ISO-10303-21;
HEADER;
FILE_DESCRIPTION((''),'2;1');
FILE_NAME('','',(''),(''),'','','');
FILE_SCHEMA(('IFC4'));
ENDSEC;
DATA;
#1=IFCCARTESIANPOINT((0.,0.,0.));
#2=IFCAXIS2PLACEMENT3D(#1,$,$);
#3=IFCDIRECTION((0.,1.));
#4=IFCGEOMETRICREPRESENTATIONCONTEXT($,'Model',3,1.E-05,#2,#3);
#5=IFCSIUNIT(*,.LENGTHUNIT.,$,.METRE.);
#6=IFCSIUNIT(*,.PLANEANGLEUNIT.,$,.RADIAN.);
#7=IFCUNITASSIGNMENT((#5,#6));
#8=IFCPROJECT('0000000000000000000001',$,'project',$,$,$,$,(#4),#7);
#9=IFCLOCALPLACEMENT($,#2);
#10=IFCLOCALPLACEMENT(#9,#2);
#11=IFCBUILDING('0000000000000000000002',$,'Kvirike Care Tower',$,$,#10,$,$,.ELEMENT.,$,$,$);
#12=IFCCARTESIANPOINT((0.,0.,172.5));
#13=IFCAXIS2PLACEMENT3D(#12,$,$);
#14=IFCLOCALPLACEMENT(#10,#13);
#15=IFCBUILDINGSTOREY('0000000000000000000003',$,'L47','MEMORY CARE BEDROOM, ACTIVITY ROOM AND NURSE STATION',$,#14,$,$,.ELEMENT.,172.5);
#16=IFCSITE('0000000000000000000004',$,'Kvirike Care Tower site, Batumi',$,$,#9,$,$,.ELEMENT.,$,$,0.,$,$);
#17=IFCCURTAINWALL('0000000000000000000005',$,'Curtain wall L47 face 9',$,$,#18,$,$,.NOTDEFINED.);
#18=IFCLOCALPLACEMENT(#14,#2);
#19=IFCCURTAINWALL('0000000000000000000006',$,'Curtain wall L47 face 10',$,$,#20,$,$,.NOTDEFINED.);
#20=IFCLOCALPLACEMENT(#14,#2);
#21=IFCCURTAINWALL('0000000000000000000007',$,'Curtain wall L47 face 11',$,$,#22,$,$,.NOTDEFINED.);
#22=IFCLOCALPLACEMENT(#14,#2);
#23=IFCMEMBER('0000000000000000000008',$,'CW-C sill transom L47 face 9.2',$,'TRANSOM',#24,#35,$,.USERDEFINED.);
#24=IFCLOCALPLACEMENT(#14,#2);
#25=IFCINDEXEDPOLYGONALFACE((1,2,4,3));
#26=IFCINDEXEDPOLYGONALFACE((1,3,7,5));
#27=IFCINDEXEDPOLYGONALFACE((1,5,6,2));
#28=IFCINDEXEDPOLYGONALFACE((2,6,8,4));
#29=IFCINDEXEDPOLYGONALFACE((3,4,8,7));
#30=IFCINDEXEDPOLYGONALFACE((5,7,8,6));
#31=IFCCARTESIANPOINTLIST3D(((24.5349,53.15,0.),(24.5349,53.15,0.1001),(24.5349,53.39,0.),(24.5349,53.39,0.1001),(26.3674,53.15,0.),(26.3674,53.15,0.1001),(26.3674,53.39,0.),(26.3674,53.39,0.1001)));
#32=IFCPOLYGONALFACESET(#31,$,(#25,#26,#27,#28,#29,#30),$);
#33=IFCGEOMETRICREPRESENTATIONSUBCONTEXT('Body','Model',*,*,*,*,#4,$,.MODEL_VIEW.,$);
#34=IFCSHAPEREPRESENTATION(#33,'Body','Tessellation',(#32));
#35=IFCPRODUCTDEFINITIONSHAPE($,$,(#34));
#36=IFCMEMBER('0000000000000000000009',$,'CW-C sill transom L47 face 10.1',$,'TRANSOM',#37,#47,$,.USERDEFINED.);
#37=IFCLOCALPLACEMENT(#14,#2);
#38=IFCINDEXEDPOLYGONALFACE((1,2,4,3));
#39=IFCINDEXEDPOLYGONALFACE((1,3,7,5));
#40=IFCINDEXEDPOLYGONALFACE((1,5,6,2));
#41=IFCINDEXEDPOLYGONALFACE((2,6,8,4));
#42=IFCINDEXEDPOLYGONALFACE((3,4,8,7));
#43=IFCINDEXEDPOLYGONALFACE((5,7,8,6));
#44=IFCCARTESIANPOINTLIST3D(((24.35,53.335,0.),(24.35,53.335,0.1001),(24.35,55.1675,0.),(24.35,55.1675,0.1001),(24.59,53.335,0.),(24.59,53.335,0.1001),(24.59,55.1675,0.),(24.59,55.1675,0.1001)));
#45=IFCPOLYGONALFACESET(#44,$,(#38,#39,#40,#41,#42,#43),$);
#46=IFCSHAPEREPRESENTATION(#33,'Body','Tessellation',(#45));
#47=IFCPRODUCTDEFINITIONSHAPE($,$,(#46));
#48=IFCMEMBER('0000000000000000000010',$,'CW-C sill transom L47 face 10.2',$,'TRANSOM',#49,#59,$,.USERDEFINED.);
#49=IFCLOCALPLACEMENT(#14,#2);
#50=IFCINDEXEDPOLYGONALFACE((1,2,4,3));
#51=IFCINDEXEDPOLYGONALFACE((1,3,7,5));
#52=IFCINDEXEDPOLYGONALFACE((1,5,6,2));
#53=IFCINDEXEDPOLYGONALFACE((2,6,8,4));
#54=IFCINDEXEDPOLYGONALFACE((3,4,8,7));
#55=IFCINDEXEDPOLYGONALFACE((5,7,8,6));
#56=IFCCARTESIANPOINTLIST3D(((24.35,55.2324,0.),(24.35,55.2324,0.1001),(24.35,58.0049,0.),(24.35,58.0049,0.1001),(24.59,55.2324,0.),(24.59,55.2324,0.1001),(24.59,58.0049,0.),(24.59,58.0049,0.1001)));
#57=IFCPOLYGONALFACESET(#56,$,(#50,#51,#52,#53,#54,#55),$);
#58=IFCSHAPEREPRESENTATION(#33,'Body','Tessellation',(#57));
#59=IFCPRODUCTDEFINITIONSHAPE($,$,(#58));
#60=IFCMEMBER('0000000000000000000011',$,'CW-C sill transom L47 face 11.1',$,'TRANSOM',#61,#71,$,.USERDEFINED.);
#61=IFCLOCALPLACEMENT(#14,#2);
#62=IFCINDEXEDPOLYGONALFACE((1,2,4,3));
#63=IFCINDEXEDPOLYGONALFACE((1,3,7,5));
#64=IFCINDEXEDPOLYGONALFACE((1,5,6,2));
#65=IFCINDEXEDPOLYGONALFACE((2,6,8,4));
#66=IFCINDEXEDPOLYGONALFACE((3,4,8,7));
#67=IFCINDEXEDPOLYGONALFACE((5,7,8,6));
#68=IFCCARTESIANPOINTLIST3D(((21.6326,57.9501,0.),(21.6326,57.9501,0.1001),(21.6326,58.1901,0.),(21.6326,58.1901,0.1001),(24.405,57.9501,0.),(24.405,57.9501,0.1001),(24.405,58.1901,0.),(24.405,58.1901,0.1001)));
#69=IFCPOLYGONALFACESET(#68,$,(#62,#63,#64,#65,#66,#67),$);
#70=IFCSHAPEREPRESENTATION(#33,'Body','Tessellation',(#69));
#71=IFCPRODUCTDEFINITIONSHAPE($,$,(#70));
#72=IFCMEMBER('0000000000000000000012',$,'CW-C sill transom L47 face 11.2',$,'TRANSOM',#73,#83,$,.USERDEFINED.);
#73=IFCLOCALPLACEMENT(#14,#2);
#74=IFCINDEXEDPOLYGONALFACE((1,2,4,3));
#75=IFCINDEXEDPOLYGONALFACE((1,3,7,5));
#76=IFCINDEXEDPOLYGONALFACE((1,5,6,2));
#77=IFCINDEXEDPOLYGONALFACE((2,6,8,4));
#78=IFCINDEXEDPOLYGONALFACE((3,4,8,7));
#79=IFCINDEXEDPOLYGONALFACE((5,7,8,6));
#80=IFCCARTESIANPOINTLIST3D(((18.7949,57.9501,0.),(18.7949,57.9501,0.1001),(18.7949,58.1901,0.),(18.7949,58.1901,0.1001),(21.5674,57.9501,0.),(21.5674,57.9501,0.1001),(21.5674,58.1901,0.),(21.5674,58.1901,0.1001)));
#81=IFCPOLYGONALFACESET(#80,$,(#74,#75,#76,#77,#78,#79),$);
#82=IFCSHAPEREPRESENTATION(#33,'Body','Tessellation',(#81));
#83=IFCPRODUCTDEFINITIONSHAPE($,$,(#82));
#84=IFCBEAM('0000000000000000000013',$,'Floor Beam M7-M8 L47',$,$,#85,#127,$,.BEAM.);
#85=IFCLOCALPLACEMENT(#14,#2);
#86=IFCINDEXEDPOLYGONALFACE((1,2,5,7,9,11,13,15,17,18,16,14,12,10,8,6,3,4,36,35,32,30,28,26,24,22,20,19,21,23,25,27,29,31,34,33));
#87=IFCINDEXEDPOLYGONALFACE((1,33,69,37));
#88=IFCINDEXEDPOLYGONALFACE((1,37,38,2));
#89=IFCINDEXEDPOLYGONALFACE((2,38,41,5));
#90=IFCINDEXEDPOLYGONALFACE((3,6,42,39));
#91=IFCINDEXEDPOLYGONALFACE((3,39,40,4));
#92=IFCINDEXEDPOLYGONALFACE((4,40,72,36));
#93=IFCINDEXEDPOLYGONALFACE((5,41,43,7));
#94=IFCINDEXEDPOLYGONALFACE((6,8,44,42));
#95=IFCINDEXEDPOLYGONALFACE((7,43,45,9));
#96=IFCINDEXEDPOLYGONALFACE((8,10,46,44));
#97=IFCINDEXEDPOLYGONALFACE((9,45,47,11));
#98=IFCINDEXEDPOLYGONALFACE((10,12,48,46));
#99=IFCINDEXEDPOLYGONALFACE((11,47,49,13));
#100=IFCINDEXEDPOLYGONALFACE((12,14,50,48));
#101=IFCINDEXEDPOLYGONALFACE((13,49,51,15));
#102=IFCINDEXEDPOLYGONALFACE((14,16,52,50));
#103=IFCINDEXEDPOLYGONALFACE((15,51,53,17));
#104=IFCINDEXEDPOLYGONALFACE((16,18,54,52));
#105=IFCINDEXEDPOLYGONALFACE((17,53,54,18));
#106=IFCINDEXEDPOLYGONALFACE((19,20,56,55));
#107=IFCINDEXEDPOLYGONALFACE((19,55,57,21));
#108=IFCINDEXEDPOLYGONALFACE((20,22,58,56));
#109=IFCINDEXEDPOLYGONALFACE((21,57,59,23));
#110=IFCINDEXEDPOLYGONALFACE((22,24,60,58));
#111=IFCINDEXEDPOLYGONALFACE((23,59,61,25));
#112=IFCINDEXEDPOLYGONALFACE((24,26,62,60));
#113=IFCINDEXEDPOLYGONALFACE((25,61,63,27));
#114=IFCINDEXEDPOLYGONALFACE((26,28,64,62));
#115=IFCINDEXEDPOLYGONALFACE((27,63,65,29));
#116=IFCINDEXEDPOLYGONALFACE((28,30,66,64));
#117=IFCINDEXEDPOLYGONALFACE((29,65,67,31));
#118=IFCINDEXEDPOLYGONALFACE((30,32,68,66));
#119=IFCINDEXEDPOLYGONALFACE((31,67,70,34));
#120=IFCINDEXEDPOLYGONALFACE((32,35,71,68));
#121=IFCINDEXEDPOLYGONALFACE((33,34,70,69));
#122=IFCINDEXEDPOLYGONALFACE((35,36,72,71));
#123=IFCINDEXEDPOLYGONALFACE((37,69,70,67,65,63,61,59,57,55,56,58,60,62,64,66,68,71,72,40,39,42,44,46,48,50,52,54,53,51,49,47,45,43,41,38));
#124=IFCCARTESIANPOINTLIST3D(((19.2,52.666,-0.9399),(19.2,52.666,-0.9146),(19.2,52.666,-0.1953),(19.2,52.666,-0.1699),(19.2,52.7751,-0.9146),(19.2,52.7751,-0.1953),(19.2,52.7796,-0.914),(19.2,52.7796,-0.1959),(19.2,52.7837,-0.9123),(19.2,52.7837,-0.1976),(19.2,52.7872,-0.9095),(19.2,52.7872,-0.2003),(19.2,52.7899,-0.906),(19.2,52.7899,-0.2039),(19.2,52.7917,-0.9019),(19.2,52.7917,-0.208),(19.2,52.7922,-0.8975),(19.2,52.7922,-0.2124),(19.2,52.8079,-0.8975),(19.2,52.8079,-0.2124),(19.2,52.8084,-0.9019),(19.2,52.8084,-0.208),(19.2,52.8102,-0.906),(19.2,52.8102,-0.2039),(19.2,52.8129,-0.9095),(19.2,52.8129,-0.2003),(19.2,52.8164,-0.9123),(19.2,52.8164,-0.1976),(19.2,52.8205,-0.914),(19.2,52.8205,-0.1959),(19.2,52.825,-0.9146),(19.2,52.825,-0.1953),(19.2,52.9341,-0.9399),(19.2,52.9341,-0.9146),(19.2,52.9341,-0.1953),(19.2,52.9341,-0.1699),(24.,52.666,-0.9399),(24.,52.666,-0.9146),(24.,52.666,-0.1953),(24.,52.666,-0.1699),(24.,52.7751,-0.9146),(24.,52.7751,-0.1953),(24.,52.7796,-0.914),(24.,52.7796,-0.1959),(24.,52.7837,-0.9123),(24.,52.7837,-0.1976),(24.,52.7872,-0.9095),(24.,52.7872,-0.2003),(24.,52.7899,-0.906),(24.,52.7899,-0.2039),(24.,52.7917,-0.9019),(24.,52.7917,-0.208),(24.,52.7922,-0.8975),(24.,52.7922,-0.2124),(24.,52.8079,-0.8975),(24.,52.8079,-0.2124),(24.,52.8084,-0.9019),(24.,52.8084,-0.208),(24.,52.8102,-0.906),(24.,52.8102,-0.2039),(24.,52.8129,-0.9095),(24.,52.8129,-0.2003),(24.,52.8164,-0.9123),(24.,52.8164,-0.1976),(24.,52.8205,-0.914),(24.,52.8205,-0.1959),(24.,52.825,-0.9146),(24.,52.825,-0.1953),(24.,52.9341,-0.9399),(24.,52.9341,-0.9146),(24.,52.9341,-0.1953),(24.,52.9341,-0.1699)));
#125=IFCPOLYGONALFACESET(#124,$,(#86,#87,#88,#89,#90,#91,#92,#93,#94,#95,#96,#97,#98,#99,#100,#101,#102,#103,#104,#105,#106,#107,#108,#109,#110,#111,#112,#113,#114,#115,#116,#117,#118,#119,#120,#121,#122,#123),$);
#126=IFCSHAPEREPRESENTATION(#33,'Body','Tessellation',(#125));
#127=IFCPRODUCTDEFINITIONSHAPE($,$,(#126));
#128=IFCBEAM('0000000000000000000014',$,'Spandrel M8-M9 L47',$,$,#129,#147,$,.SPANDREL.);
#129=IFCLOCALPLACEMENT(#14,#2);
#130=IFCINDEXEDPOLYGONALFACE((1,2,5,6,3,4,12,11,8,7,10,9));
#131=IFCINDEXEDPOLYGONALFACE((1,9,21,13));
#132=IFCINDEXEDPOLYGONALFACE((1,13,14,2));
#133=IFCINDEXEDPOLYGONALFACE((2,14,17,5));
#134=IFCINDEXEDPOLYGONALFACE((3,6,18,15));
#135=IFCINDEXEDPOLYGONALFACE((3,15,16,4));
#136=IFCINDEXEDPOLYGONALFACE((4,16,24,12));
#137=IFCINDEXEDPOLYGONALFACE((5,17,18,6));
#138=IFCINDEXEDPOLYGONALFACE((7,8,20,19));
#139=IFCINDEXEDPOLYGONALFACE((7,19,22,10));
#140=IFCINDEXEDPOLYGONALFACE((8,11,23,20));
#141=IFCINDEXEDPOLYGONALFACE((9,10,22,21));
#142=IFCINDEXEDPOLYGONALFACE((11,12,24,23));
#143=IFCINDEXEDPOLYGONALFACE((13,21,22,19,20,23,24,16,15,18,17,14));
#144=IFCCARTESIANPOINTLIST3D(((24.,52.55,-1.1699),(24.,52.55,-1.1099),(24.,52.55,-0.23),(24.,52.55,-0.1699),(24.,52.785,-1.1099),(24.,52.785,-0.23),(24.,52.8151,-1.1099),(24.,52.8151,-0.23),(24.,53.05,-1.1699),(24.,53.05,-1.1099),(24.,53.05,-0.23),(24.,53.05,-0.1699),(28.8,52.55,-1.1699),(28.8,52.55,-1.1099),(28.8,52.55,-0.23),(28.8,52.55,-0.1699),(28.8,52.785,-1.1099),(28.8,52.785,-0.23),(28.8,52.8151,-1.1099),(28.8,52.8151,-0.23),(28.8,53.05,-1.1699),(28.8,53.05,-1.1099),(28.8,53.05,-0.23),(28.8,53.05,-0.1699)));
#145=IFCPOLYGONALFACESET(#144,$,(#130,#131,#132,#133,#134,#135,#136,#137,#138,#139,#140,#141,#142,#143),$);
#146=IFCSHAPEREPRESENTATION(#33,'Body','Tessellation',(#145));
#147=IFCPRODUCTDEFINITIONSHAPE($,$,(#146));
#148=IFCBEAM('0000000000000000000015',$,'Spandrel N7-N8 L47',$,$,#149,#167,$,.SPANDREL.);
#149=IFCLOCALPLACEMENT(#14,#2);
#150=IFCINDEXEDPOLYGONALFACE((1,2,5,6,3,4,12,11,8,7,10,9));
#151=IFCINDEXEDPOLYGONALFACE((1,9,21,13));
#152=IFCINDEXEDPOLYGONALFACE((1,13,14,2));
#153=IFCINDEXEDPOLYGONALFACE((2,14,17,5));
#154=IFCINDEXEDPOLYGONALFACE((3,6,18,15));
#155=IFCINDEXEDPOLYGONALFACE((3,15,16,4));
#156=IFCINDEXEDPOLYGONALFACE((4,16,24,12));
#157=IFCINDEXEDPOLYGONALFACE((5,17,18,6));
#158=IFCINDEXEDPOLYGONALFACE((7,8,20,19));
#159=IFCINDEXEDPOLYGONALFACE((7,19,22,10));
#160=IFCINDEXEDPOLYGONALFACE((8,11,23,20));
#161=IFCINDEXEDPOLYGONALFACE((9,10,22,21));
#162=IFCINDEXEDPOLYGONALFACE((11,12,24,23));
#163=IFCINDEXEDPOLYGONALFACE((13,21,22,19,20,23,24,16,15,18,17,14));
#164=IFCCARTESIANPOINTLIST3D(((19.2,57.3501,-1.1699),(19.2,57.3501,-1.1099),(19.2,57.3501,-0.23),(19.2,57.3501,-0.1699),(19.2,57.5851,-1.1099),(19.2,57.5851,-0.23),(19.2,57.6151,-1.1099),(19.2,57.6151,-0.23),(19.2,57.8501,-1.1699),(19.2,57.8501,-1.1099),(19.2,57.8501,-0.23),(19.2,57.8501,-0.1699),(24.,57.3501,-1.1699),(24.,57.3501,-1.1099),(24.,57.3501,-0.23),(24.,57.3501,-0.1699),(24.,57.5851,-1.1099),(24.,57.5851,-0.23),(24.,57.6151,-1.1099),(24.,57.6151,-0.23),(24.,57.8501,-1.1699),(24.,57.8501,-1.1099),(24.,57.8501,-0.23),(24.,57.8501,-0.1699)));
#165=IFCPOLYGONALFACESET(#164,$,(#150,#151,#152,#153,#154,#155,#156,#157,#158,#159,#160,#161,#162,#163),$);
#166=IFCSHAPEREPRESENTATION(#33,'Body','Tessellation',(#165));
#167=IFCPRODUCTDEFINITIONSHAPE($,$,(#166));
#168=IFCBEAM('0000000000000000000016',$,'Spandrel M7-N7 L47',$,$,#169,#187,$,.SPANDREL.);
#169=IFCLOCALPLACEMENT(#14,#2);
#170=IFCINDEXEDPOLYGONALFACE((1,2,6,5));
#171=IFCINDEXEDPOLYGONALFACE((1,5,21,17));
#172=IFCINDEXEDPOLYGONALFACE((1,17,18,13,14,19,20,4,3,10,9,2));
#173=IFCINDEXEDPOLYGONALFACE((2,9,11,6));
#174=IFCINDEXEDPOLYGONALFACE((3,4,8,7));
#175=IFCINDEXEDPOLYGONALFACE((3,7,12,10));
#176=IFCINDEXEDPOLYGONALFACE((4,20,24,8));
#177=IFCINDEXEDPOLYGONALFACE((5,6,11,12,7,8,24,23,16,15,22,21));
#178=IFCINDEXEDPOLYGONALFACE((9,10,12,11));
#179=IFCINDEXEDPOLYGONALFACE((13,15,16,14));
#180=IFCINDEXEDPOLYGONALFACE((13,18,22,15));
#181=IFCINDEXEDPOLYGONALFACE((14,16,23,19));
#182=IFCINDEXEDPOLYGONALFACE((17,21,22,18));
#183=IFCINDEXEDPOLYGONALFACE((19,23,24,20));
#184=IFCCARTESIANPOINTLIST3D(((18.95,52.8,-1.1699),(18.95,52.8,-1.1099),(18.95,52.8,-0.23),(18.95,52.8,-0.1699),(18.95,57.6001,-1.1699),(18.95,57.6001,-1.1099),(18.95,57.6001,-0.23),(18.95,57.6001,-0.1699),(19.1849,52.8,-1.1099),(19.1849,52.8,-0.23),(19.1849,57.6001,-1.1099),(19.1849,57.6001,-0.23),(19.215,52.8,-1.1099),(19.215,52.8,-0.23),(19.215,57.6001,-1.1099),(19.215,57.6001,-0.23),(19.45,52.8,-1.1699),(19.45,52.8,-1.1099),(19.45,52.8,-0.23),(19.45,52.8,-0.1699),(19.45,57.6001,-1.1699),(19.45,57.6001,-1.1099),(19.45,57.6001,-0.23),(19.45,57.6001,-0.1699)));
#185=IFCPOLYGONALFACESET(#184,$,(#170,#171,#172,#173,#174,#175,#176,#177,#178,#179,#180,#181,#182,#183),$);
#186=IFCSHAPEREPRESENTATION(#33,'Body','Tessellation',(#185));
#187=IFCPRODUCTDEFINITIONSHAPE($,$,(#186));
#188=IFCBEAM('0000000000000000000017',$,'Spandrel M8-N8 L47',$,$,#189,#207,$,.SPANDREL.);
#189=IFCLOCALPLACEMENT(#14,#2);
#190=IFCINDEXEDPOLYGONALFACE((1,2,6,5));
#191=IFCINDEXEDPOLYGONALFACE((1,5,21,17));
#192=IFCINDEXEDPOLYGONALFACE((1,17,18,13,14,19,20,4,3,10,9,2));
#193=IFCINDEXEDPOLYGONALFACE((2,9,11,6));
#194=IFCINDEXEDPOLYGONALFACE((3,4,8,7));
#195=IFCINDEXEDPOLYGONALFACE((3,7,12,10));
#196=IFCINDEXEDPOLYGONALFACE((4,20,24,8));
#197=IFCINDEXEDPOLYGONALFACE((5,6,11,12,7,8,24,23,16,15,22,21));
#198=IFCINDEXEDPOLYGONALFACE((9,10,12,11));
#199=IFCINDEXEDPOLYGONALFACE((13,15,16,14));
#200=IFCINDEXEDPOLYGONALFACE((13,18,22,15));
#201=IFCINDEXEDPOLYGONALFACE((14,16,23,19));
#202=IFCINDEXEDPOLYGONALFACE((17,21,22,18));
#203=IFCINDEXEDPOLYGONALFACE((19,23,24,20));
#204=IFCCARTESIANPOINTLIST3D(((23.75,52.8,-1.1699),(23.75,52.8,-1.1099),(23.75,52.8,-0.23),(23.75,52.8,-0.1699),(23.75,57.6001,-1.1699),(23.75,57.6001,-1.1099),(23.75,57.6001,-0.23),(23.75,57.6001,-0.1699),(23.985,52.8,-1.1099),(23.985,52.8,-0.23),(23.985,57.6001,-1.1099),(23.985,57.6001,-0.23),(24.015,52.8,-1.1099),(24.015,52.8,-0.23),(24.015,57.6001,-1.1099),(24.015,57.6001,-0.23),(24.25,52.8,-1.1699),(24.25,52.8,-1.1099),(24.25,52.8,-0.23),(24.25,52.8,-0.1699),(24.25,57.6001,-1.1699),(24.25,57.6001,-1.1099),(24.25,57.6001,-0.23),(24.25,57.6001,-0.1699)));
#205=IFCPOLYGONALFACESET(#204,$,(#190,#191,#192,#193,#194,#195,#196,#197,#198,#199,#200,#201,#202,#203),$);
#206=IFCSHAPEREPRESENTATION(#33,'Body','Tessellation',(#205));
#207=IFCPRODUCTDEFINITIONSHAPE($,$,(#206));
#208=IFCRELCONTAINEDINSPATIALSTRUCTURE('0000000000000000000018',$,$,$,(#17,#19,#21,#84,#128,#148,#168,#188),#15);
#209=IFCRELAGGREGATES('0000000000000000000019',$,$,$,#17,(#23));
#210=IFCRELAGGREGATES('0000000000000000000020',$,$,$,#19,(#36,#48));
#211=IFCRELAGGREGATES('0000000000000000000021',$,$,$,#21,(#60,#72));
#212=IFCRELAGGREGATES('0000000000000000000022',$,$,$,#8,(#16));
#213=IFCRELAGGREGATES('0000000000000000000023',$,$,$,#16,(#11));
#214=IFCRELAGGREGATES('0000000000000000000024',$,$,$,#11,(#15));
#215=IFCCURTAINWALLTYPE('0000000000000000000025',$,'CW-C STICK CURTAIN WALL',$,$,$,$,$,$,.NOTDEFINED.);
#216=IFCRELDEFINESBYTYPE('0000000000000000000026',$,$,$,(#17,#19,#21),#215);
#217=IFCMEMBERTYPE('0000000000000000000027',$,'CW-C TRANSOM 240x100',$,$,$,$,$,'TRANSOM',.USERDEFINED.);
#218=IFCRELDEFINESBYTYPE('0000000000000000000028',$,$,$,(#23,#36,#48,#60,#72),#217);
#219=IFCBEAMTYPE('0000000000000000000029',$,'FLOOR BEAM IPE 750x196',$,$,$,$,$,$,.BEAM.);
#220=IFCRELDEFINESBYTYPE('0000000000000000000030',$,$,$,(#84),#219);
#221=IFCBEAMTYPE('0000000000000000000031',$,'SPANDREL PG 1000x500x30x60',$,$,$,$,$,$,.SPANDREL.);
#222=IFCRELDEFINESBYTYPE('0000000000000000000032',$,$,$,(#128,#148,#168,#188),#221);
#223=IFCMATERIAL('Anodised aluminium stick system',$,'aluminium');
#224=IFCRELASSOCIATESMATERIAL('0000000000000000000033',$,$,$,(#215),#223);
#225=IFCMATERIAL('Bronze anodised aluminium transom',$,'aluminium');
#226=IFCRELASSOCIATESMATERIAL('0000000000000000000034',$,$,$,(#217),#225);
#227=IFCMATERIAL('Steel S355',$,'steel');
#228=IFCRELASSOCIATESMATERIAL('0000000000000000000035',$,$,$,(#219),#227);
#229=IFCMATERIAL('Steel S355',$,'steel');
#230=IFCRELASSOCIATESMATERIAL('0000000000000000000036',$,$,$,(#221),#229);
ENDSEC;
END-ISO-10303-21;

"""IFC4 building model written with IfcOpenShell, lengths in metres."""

from ifc_helpers import new_model, si_unit, direction, frame, origin, origin_2d, place, context, subcontext, project, spatial, rectangle, i_section, extrude, material, material_profile, profile_set, type_object, element, aggregate, save


model = new_model("IFC4")

# Units and contexts
model_context = context("Model", 3, precision=1e-05, world=origin(), true_north=direction((0.0, 1.0)))
body_context = subcontext(model_context, "Body", "Model", "MODEL_VIEW")
ifc_project = project(units=[si_unit("LENGTHUNIT", "METRE"), si_unit("PLANEANGLEUNIT", "RADIAN")], contexts=[model_context])

# Site, building, storey
site_placement = place(None, origin())
site = spatial("IfcSite", under=ifc_project, at=site_placement, Name="Kvirike Care Tower site, Batumi", CompositionType="ELEMENT", RefElevation=0.0)
building_placement = place(site_placement, origin())
building = spatial("IfcBuilding", under=site, at=building_placement, Name="Kvirike Care Tower", CompositionType="ELEMENT")
storey_placement = place(building_placement, frame((0.0, 0.0, 172.5)))
storey = spatial("IfcBuildingStorey", under=building, at=storey_placement, Name="L47", Description="MEMORY CARE BEDROOM, ACTIVITY ROOM AND NURSE STATION", CompositionType="ELEMENT", Elevation=172.5)

# Curtain walls
ifc_material_1 = material(Name="Anodised aluminium stick system", Category="aluminium")
curtain_wall_type = type_object("IfcCurtainWallType", Name="CW-C STICK CURTAIN WALL", PredefinedType="NOTDEFINED", material=ifc_material_1)
curtain_wall_1_placement = place(storey_placement, origin())
curtain_wall_1 = element("IfcCurtainWall", 1, at=curtain_wall_1_placement, inside=storey, type_object=curtain_wall_type, Name="Curtain wall L47 face 9", PredefinedType="NOTDEFINED")
curtain_wall_2_placement = place(storey_placement, origin())
curtain_wall_2 = element("IfcCurtainWall", 2, at=curtain_wall_2_placement, inside=storey, type_object=curtain_wall_type, Name="Curtain wall L47 face 10", PredefinedType="NOTDEFINED")
curtain_wall_3_placement = place(storey_placement, origin())
curtain_wall_3 = element("IfcCurtainWall", 3, at=curtain_wall_3_placement, inside=storey, type_object=curtain_wall_type, Name="Curtain wall L47 face 11", PredefinedType="NOTDEFINED")

# Members
ifc_material_2 = material(Name="Bronze anodised aluminium transom", Category="aluminium")
ifc_material_profile_1 = material_profile(ifc_material_2, rectangle(XDim=0.24, YDim=0.1001, at=origin_2d()), Name="CW-C TRANSOM 240x100")
ifc_profile_set_1 = profile_set([ifc_material_profile_1], Name="Bronze anodised aluminium transom")
member_type_1 = type_object("IfcMemberType", Name="CW-C TRANSOM 240x100", ElementType="TRANSOM", PredefinedType="USERDEFINED", material=ifc_profile_set_1)
member_1_placement = place(storey_placement, frame((26.3674, 53.27, 0.05), z_axis=(-1.0, 0.0, 0.0), x_axis=(0.0, -1.0, 0.0)))
member_1 = element("IfcMember", 4, at=member_1_placement, type_object=member_type_1, Name="CW-C sill transom L47 face 9.2", ObjectType="TRANSOM", PredefinedType="USERDEFINED", context=body_context, shape_type="SweptSolid", body=[
    extrude(rectangle(XDim=0.24, YDim=0.1001, at=origin_2d()), origin(), (0.0, 0.0, 1.0), 1.8325),
])
member_2_placement = place(storey_placement, frame((24.47, 53.335, 0.05), z_axis=(0.0, 1.0, 0.0), x_axis=(-1.0, 0.0, 0.0)))
member_2 = element("IfcMember", 5, at=member_2_placement, type_object=member_type_1, Name="CW-C sill transom L47 face 10.1", ObjectType="TRANSOM", PredefinedType="USERDEFINED", context=body_context, shape_type="SweptSolid", body=[
    extrude(rectangle(XDim=0.24, YDim=0.1001, at=origin_2d()), origin(), (0.0, 0.0, 1.0), 1.8325),
])
member_3_placement = place(storey_placement, frame((24.47, 55.2324, 0.05), z_axis=(0.0, 1.0, 0.0), x_axis=(-1.0, 0.0, 0.0)))
member_3 = element("IfcMember", 6, at=member_3_placement, type_object=member_type_1, Name="CW-C sill transom L47 face 10.2", ObjectType="TRANSOM", PredefinedType="USERDEFINED", context=body_context, shape_type="SweptSolid", body=[
    extrude(rectangle(XDim=0.24, YDim=0.1001, at=origin_2d()), origin(), (0.0, 0.0, 1.0), 2.7725),
])
member_4_placement = place(storey_placement, frame((24.405, 58.0701, 0.05), z_axis=(-1.0, 0.0, 0.0), x_axis=(0.0, -1.0, 0.0)))
member_4 = element("IfcMember", 7, at=member_4_placement, type_object=member_type_1, Name="CW-C sill transom L47 face 11.1", ObjectType="TRANSOM", PredefinedType="USERDEFINED", context=body_context, shape_type="SweptSolid", body=[
    extrude(rectangle(XDim=0.24, YDim=0.1001, at=origin_2d()), origin(), (0.0, 0.0, 1.0), 2.7725),
])
member_5_placement = place(storey_placement, frame((21.5674, 58.0701, 0.05), z_axis=(-1.0, 0.0, 0.0), x_axis=(0.0, -1.0, 0.0)))
member_5 = element("IfcMember", 8, at=member_5_placement, type_object=member_type_1, Name="CW-C sill transom L47 face 11.2", ObjectType="TRANSOM", PredefinedType="USERDEFINED", context=body_context, shape_type="SweptSolid", body=[
    extrude(rectangle(XDim=0.24, YDim=0.1001, at=origin_2d()), origin(), (0.0, 0.0, 1.0), 2.7725),
])

# Beams
ifc_material_3 = material(Name="Steel S355", Category="steel")
ifc_material_profile_2 = material_profile(ifc_material_3, i_section(OverallWidth=0.2681, OverallDepth=0.77, WebThickness=0.0156, FlangeThickness=0.0254, FilletRadius=0.0171, at=origin_2d()), Name="IPE 750x196")
ifc_profile_set_2 = profile_set([ifc_material_profile_2], Name="Steel S355")
beam_type_1 = type_object("IfcBeamType", Name="FLOOR BEAM IPE 750x196", PredefinedType="BEAM", material=ifc_profile_set_2)
beam_placement = place(storey_placement, frame((19.2, 52.8, -0.5549), z_axis=(1.0, 0.0, 0.0), x_axis=(0.0, 1.0, 0.0)))
element("IfcBeam", 9, at=beam_placement, inside=storey, type_object=beam_type_1, Name="Floor Beam M7-M8 L47", PredefinedType="BEAM", context=body_context, shape_type="SweptSolid", body=[
    extrude(i_section(OverallWidth=0.2681, OverallDepth=0.77, WebThickness=0.0156, FlangeThickness=0.0254, FilletRadius=0.0171, at=origin_2d()), origin(), (0.0, 0.0, 1.0), 4.8),
])
ifc_material_4 = material(Name="Steel S355", Category="steel")
ifc_material_profile_3 = material_profile(ifc_material_4, i_section(OverallWidth=0.5, OverallDepth=1.0, WebThickness=0.03, FlangeThickness=0.0601, at=origin_2d()), Name="PG 1000x500x30x60")
ifc_profile_set_3 = profile_set([ifc_material_profile_3], Name="Steel S355")
beam_type_2 = type_object("IfcBeamType", Name="SPANDREL PG 1000x500x30x60", PredefinedType="SPANDREL", material=ifc_profile_set_3)
for number, where, z_axis, x_axis, name in (
    (10, (24.0, 52.8, -0.6699), (1.0, 0.0, 0.0), (0.0, 1.0, 0.0), "Spandrel M8-M9 L47"),
    (11, (19.2, 57.6001, -0.6699), (1.0, 0.0, 0.0), (0.0, 1.0, 0.0), "Spandrel N7-N8 L47"),
    (12, (19.2, 52.8, -0.6699), (0.0, 1.0, 0.0), (-1.0, 0.0, 0.0), "Spandrel M7-N7 L47"),
    (13, (24.0, 52.8, -0.6699), (0.0, 1.0, 0.0), (-1.0, 0.0, 0.0), "Spandrel M8-N8 L47"),
):
    element("IfcBeam", number, at=place(storey_placement, frame(where, z_axis=z_axis, x_axis=x_axis)), inside=storey, type_object=beam_type_2, Name=name, PredefinedType="SPANDREL", context=body_context, shape_type="SweptSolid", body=[
        extrude(i_section(OverallWidth=0.5, OverallDepth=1.0, WebThickness=0.03, FlangeThickness=0.0601, at=origin_2d()), origin(), (0.0, 0.0, 1.0), 4.8),
    ])

aggregate(curtain_wall_1, [member_1])
aggregate(curtain_wall_2, [member_2, member_3])
aggregate(curtain_wall_3, [member_4, member_5])

save(model, "model.ifc")
